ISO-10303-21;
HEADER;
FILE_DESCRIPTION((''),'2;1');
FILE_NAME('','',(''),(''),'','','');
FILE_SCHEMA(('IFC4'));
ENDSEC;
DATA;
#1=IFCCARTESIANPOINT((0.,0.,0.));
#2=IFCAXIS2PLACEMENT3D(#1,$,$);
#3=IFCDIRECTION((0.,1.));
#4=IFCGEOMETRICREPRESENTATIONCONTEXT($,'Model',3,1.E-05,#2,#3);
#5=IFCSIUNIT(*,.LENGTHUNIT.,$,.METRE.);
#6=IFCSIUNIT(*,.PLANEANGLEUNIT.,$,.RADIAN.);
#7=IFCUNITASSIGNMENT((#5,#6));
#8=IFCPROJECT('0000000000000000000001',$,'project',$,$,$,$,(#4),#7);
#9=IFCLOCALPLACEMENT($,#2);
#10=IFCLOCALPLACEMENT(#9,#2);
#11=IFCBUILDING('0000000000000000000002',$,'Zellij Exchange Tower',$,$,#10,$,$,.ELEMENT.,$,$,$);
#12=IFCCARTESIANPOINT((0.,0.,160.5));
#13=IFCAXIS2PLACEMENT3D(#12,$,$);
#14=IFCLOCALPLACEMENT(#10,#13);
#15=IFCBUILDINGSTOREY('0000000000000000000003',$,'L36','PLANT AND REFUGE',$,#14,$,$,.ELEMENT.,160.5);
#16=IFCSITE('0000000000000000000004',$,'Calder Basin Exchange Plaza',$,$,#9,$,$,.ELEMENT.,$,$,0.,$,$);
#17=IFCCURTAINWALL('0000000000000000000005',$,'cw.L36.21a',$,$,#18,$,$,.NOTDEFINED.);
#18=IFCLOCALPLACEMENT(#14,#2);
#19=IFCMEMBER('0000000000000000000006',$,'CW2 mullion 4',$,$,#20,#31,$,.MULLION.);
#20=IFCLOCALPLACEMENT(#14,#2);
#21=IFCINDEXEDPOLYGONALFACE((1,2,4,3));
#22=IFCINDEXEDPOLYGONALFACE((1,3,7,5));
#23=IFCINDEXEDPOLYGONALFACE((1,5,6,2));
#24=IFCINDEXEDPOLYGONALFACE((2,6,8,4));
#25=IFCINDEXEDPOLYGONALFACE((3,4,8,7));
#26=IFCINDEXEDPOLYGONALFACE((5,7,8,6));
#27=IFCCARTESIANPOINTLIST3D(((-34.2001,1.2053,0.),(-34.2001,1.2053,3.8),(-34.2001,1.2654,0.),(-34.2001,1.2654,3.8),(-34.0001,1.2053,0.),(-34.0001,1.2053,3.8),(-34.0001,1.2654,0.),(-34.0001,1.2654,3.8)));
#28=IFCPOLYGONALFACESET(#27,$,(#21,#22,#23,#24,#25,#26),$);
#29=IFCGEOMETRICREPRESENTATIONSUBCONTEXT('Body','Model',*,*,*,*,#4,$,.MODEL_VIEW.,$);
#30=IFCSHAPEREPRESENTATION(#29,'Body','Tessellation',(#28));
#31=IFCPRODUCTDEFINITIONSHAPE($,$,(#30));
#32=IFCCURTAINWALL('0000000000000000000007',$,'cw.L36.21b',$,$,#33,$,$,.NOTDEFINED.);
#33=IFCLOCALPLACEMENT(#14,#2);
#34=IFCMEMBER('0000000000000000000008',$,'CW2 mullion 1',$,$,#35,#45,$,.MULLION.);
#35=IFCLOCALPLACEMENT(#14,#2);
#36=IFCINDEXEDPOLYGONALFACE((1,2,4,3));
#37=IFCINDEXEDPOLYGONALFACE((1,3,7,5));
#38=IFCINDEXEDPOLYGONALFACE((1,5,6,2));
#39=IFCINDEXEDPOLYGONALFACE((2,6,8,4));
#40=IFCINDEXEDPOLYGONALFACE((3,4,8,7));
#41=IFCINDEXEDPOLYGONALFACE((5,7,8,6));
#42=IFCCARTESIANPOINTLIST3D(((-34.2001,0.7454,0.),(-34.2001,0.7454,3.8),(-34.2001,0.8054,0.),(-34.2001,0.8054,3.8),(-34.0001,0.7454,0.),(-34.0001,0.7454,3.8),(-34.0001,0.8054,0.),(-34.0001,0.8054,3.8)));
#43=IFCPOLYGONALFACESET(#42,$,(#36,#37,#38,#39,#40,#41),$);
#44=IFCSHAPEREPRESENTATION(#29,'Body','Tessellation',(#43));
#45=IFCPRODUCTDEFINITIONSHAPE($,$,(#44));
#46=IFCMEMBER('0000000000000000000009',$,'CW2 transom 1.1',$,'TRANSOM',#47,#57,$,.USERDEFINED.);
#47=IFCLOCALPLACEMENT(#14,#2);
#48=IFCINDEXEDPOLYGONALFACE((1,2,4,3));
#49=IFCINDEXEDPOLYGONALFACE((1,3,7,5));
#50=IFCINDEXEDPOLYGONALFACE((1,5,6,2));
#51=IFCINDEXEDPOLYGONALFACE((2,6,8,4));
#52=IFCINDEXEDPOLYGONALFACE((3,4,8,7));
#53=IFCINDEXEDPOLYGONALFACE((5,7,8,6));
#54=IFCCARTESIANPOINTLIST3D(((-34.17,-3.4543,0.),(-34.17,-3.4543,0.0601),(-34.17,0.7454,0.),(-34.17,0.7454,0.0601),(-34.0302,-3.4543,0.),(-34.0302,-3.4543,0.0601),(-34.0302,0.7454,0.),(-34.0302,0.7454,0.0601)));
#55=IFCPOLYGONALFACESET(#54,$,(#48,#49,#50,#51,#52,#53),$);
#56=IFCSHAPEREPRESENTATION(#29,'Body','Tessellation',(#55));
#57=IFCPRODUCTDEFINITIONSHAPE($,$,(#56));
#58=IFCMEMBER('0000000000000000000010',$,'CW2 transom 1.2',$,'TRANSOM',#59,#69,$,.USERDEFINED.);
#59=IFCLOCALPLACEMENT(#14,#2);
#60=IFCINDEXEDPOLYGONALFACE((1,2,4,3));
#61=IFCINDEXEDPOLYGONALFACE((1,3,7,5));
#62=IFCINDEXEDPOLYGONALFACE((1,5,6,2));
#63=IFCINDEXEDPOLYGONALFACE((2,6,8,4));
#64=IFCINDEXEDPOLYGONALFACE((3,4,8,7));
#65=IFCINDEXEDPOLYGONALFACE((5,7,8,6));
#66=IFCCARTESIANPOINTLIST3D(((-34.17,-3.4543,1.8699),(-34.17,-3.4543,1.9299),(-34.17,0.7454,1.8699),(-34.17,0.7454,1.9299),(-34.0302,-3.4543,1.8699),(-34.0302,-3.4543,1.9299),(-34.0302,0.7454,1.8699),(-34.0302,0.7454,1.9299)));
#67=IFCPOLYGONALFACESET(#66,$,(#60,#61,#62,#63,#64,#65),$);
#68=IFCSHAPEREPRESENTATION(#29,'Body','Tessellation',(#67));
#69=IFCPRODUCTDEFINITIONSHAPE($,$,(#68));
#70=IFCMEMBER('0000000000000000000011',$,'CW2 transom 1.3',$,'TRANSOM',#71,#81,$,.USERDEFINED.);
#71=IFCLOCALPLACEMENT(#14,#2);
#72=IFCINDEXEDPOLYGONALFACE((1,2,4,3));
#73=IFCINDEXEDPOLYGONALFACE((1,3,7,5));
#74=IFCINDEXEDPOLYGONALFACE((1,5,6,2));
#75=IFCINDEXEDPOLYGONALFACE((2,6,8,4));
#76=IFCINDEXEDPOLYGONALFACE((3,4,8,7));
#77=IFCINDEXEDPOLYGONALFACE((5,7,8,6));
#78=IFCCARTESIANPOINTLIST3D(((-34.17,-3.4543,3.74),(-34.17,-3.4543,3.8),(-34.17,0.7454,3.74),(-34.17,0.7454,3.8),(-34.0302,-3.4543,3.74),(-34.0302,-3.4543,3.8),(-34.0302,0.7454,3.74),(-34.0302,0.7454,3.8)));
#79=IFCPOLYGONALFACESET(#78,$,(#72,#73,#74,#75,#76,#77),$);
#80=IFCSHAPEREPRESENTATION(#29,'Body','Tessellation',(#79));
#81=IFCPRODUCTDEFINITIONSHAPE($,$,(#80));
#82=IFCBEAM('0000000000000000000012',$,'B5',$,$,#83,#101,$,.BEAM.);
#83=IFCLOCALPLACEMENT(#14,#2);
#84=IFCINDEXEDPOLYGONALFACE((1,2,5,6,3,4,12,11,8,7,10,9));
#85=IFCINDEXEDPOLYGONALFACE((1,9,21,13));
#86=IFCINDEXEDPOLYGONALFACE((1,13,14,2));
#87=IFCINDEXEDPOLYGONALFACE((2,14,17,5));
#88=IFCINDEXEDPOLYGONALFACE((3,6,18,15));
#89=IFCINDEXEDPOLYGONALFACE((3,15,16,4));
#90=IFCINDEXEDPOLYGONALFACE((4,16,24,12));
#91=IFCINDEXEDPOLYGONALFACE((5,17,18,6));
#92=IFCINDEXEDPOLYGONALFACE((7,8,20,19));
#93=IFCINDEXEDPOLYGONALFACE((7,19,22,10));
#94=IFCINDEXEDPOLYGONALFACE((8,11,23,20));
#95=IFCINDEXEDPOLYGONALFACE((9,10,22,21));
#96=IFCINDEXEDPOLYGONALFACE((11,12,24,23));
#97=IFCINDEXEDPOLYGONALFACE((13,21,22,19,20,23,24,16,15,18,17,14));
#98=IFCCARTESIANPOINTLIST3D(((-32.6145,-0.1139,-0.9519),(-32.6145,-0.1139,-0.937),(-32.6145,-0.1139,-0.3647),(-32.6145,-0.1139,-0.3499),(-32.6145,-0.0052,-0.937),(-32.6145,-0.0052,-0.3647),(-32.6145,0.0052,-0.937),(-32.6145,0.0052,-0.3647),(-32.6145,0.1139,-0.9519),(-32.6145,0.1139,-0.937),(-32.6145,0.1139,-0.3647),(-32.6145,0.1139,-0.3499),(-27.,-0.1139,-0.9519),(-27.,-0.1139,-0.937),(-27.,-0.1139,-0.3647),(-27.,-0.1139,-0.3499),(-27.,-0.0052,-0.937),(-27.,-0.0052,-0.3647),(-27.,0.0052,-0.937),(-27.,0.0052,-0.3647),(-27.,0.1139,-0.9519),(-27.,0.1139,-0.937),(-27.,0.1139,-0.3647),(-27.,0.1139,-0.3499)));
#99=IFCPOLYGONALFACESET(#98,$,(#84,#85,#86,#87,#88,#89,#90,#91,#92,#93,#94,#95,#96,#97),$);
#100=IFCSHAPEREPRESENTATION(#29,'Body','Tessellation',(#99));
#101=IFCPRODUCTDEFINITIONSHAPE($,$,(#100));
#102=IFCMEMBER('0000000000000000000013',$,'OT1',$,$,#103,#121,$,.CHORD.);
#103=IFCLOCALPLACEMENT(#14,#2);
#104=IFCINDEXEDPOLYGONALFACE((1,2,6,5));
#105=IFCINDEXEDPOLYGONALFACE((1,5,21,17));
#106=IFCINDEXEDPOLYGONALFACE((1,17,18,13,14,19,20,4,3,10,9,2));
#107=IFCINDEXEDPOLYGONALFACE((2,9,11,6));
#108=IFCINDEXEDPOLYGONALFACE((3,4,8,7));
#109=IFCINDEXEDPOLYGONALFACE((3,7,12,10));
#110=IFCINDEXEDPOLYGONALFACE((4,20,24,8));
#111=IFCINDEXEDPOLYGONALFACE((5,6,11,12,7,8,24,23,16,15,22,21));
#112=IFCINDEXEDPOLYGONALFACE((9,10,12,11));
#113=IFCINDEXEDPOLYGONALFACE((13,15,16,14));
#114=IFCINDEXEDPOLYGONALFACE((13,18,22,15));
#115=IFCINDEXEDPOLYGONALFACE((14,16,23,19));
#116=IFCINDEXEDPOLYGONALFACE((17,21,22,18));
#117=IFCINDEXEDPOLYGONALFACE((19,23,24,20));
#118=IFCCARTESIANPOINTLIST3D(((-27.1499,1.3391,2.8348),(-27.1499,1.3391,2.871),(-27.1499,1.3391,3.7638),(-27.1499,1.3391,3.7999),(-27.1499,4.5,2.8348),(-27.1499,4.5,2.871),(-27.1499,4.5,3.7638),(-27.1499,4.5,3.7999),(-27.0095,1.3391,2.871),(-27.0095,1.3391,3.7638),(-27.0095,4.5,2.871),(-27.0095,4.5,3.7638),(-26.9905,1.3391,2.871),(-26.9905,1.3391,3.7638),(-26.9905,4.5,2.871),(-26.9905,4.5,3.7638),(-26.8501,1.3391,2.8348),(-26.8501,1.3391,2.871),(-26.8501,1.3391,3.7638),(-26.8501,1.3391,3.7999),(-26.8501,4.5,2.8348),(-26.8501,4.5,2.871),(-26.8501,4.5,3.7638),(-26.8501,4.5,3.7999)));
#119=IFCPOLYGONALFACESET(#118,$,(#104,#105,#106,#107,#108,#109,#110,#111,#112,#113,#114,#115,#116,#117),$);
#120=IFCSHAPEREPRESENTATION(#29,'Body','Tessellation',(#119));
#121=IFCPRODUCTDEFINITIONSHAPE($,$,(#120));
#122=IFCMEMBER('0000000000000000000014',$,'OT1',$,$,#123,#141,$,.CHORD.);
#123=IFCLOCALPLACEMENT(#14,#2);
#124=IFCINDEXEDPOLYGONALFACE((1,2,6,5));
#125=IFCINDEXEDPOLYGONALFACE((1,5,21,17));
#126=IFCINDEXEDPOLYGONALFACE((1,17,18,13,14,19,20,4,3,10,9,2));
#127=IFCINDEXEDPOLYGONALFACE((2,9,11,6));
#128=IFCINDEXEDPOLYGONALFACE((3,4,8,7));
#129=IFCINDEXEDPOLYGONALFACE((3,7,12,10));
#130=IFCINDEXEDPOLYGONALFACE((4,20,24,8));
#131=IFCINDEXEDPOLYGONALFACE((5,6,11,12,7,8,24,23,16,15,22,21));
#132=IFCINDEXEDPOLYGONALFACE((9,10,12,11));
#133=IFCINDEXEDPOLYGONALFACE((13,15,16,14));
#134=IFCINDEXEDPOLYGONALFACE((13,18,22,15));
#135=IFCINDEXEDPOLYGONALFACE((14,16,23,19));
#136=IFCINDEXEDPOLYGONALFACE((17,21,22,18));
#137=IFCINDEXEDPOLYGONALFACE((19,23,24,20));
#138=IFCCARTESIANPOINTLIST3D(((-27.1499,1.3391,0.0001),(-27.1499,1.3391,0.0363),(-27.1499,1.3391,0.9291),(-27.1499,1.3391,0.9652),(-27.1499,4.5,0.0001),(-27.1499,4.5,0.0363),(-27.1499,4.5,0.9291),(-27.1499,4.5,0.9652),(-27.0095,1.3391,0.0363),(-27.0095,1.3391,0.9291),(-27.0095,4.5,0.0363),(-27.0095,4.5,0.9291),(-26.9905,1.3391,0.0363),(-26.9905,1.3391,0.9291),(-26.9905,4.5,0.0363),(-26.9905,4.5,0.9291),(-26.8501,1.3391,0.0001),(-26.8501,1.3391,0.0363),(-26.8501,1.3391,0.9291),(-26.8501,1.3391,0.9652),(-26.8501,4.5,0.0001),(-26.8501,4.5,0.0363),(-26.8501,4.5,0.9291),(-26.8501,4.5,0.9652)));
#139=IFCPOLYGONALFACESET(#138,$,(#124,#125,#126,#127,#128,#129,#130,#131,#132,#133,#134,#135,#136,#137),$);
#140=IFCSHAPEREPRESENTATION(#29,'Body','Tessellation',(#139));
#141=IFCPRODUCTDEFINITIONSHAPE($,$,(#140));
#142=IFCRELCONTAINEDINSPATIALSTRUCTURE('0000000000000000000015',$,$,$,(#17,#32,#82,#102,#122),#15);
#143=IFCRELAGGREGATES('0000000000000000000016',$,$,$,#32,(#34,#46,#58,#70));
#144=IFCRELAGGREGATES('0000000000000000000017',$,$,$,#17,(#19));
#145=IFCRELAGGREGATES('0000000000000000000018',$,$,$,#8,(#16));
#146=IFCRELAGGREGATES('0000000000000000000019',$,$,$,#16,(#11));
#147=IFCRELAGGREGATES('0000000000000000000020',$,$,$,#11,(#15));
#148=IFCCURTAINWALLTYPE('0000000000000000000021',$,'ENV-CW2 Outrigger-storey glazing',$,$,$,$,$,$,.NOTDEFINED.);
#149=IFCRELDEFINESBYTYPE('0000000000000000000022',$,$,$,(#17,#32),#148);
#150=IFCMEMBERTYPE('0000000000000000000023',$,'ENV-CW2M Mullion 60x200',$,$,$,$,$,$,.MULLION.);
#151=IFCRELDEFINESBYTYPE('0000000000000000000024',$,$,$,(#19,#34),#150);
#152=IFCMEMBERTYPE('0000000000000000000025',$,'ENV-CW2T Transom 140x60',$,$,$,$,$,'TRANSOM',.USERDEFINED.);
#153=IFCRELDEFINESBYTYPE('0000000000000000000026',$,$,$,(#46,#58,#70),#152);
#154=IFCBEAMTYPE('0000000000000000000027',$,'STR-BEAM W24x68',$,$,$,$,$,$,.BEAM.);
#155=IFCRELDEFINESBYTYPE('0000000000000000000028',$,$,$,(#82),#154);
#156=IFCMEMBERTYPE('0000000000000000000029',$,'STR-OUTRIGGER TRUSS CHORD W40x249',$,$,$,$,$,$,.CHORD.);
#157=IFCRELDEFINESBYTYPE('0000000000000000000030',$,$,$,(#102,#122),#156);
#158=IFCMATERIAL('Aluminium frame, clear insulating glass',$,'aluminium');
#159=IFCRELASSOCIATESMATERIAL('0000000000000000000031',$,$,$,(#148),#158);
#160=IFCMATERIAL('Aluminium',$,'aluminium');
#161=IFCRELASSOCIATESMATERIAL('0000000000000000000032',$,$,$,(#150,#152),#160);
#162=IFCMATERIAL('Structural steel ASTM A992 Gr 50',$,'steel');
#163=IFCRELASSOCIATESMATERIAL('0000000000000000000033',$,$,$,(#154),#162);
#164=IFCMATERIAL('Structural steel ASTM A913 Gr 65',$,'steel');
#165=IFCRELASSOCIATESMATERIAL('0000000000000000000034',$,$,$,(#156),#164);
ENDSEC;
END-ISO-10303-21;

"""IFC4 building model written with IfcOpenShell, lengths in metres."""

from ifc_helpers import new_model, si_unit, direction, frame, origin, origin_2d, place, context, subcontext, project, spatial, rectangle, i_section, extrude, material, material_profile, profile_set, type_object, element, aggregate, save


model = new_model("IFC4")

# Units and contexts
model_context = context("Model", 3, precision=1e-05, world=origin(), true_north=direction((0.0, 1.0)))
body_context = subcontext(model_context, "Body", "Model", "MODEL_VIEW")
ifc_project = project(units=[si_unit("LENGTHUNIT", "METRE"), si_unit("PLANEANGLEUNIT", "RADIAN")], contexts=[model_context])

# Site, building, storey
site_placement = place(None, origin())
site = spatial("IfcSite", under=ifc_project, at=site_placement, Name="Calder Basin Exchange Plaza", CompositionType="ELEMENT", RefElevation=0.0)
building_placement = place(site_placement, origin())
building = spatial("IfcBuilding", under=site, at=building_placement, Name="Zellij Exchange Tower", CompositionType="ELEMENT")
storey_placement = place(building_placement, frame((0.0, 0.0, 160.5)))
storey = spatial("IfcBuildingStorey", under=building, at=storey_placement, Name="L36", Description="PLANT AND REFUGE", CompositionType="ELEMENT", Elevation=160.5)

# Curtain wall, member
ifc_material_1 = material(Name="Aluminium frame, clear insulating glass", Category="aluminium")
curtain_wall_type = type_object("IfcCurtainWallType", Name="ENV-CW2 Outrigger-storey glazing", PredefinedType="NOTDEFINED", material=ifc_material_1)
curtain_wall_1_placement = place(storey_placement, origin())
curtain_wall_1 = element("IfcCurtainWall", 1, at=curtain_wall_1_placement, inside=storey, type_object=curtain_wall_type, Name="cw.L36.21a", PredefinedType="NOTDEFINED")
ifc_material_2 = material(Name="Aluminium", Category="aluminium")
ifc_material_profile_1 = material_profile(ifc_material_2, rectangle(XDim=0.0601, YDim=0.2, at=origin_2d()), Name="AL 60x200")
ifc_profile_set_1 = profile_set([ifc_material_profile_1], Name="Aluminium")
member_type_1 = type_object("IfcMemberType", Name="ENV-CW2M Mullion 60x200", PredefinedType="MULLION", material=ifc_profile_set_1)
member_1_placement = place(storey_placement, frame((-34.1001, 1.2354, 0.0), z_axis=(0.0, 0.0, 1.0), x_axis=(0.0, -1.0, 0.0)))
member_1 = element("IfcMember", 2, at=member_1_placement, type_object=member_type_1, Name="CW2 mullion 4", PredefinedType="MULLION", context=body_context, shape_type="SweptSolid", body=[
    extrude(rectangle(XDim=0.0601, YDim=0.2, at=origin_2d()), origin(), (0.0, 0.0, 1.0), 3.8),
])

# Curtain wall, members
curtain_wall_2_placement = place(storey_placement, origin())
curtain_wall_2 = element("IfcCurtainWall", 3, at=curtain_wall_2_placement, inside=storey, type_object=curtain_wall_type, Name="cw.L36.21b", PredefinedType="NOTDEFINED")
member_2_placement = place(storey_placement, frame((-34.1001, 0.7754, 0.0), z_axis=(0.0, 0.0, 1.0), x_axis=(0.0, -1.0, 0.0)))
member_2 = element("IfcMember", 4, at=member_2_placement, type_object=member_type_1, Name="CW2 mullion 1", PredefinedType="MULLION", context=body_context, shape_type="SweptSolid", body=[
    extrude(rectangle(XDim=0.0601, YDim=0.2, at=origin_2d()), origin(), (0.0, 0.0, 1.0), 3.8),
])
ifc_material_profile_2 = material_profile(ifc_material_2, rectangle(XDim=0.1399, YDim=0.0601, at=origin_2d()), Name="AL 140x60")
ifc_profile_set_2 = profile_set([ifc_material_profile_2], Name="Aluminium")
member_type_2 = type_object("IfcMemberType", Name="ENV-CW2T Transom 140x60", ElementType="TRANSOM", PredefinedType="USERDEFINED", material=ifc_profile_set_2)
member_3_placement = place(storey_placement, frame((-34.1001, 0.7454, 0.03), z_axis=(0.0, -1.0, 0.0), x_axis=(1.0, 0.0, 0.0)))
member_3 = element("IfcMember", 5, at=member_3_placement, type_object=member_type_2, Name="CW2 transom 1.1", ObjectType="TRANSOM", PredefinedType="USERDEFINED", context=body_context, shape_type="SweptSolid", body=[
    extrude(rectangle(XDim=0.1399, YDim=0.0601, at=origin_2d()), origin(), (0.0, 0.0, 1.0), 4.1997),
])
member_4_placement = place(storey_placement, frame((-34.1001, 0.7454, 1.8999), z_axis=(0.0, -1.0, 0.0), x_axis=(1.0, 0.0, 0.0)))
member_4 = element("IfcMember", 6, at=member_4_placement, type_object=member_type_2, Name="CW2 transom 1.2", ObjectType="TRANSOM", PredefinedType="USERDEFINED", context=body_context, shape_type="SweptSolid", body=[
    extrude(rectangle(XDim=0.1399, YDim=0.0601, at=origin_2d()), origin(), (0.0, 0.0, 1.0), 4.1997),
])
member_5_placement = place(storey_placement, frame((-34.1001, 0.7454, 3.77), z_axis=(0.0, -1.0, 0.0), x_axis=(1.0, 0.0, 0.0)))
member_5 = element("IfcMember", 7, at=member_5_placement, type_object=member_type_2, Name="CW2 transom 1.3", ObjectType="TRANSOM", PredefinedType="USERDEFINED", context=body_context, shape_type="SweptSolid", body=[
    extrude(rectangle(XDim=0.1399, YDim=0.0601, at=origin_2d()), origin(), (0.0, 0.0, 1.0), 4.1997),
])

# Beam
ifc_material_3 = material(Name="Structural steel ASTM A992 Gr 50", Category="steel")
ifc_material_profile_3 = material_profile(ifc_material_3, i_section(OverallWidth=0.2278, OverallDepth=0.6021, WebThickness=0.0105, FlangeThickness=0.0149, at=origin_2d()), Name="W24x68")
ifc_profile_set_3 = profile_set([ifc_material_profile_3], Name="Structural steel ASTM A992 Gr 50")
beam_type = type_object("IfcBeamType", Name="STR-BEAM W24x68", PredefinedType="BEAM", material=ifc_profile_set_3)
beam_placement = place(storey_placement, frame((-32.6145, 0.0, -0.6509), z_axis=(1.0, 0.0, 0.0), x_axis=(0.0, 1.0, 0.0)))
element("IfcBeam", 8, at=beam_placement, inside=storey, type_object=beam_type, Name="B5", PredefinedType="BEAM", context=body_context, shape_type="SweptSolid", body=[
    extrude(i_section(OverallWidth=0.2278, OverallDepth=0.6021, WebThickness=0.0105, FlangeThickness=0.0149, at=origin_2d()), origin(), (0.0, 0.0, 1.0), 5.6145),
])

# Members
ifc_material_4 = material(Name="Structural steel ASTM A913 Gr 65", Category="steel")
ifc_material_profile_4 = material_profile(ifc_material_4, i_section(OverallWidth=0.2998, OverallDepth=0.9651, WebThickness=0.019, FlangeThickness=0.0361, at=origin_2d()), Name="W40x249")
ifc_profile_set_4 = profile_set([ifc_material_profile_4], Name="Structural steel ASTM A913 Gr 65")
member_type_3 = type_object("IfcMemberType", Name="STR-OUTRIGGER TRUSS CHORD W40x249", PredefinedType="CHORD", material=ifc_profile_set_4)
for number, where, z_axis, x_axis, name in (
    (9, (-27.0, 1.3391, 3.3174), (0.0, 1.0, 0.0), (-1.0, 0.0, 0.0), "OT1"),
    (10, (-27.0, 1.3391, 0.4827), (0.0, 1.0, 0.0), (-1.0, 0.0, 0.0), "OT1"),
):
    element("IfcMember", number, at=place(storey_placement, frame(where, z_axis=z_axis, x_axis=x_axis)), inside=storey, type_object=member_type_3, Name=name, PredefinedType="CHORD", context=body_context, shape_type="SweptSolid", body=[
        extrude(i_section(OverallWidth=0.2998, OverallDepth=0.9651, WebThickness=0.019, FlangeThickness=0.0361, at=origin_2d()), origin(), (0.0, 0.0, 1.0), 3.1609),
    ])

aggregate(curtain_wall_2, [member_2, member_3, member_4, member_5])
aggregate(curtain_wall_1, [member_1])

save(model, "model.ifc")
